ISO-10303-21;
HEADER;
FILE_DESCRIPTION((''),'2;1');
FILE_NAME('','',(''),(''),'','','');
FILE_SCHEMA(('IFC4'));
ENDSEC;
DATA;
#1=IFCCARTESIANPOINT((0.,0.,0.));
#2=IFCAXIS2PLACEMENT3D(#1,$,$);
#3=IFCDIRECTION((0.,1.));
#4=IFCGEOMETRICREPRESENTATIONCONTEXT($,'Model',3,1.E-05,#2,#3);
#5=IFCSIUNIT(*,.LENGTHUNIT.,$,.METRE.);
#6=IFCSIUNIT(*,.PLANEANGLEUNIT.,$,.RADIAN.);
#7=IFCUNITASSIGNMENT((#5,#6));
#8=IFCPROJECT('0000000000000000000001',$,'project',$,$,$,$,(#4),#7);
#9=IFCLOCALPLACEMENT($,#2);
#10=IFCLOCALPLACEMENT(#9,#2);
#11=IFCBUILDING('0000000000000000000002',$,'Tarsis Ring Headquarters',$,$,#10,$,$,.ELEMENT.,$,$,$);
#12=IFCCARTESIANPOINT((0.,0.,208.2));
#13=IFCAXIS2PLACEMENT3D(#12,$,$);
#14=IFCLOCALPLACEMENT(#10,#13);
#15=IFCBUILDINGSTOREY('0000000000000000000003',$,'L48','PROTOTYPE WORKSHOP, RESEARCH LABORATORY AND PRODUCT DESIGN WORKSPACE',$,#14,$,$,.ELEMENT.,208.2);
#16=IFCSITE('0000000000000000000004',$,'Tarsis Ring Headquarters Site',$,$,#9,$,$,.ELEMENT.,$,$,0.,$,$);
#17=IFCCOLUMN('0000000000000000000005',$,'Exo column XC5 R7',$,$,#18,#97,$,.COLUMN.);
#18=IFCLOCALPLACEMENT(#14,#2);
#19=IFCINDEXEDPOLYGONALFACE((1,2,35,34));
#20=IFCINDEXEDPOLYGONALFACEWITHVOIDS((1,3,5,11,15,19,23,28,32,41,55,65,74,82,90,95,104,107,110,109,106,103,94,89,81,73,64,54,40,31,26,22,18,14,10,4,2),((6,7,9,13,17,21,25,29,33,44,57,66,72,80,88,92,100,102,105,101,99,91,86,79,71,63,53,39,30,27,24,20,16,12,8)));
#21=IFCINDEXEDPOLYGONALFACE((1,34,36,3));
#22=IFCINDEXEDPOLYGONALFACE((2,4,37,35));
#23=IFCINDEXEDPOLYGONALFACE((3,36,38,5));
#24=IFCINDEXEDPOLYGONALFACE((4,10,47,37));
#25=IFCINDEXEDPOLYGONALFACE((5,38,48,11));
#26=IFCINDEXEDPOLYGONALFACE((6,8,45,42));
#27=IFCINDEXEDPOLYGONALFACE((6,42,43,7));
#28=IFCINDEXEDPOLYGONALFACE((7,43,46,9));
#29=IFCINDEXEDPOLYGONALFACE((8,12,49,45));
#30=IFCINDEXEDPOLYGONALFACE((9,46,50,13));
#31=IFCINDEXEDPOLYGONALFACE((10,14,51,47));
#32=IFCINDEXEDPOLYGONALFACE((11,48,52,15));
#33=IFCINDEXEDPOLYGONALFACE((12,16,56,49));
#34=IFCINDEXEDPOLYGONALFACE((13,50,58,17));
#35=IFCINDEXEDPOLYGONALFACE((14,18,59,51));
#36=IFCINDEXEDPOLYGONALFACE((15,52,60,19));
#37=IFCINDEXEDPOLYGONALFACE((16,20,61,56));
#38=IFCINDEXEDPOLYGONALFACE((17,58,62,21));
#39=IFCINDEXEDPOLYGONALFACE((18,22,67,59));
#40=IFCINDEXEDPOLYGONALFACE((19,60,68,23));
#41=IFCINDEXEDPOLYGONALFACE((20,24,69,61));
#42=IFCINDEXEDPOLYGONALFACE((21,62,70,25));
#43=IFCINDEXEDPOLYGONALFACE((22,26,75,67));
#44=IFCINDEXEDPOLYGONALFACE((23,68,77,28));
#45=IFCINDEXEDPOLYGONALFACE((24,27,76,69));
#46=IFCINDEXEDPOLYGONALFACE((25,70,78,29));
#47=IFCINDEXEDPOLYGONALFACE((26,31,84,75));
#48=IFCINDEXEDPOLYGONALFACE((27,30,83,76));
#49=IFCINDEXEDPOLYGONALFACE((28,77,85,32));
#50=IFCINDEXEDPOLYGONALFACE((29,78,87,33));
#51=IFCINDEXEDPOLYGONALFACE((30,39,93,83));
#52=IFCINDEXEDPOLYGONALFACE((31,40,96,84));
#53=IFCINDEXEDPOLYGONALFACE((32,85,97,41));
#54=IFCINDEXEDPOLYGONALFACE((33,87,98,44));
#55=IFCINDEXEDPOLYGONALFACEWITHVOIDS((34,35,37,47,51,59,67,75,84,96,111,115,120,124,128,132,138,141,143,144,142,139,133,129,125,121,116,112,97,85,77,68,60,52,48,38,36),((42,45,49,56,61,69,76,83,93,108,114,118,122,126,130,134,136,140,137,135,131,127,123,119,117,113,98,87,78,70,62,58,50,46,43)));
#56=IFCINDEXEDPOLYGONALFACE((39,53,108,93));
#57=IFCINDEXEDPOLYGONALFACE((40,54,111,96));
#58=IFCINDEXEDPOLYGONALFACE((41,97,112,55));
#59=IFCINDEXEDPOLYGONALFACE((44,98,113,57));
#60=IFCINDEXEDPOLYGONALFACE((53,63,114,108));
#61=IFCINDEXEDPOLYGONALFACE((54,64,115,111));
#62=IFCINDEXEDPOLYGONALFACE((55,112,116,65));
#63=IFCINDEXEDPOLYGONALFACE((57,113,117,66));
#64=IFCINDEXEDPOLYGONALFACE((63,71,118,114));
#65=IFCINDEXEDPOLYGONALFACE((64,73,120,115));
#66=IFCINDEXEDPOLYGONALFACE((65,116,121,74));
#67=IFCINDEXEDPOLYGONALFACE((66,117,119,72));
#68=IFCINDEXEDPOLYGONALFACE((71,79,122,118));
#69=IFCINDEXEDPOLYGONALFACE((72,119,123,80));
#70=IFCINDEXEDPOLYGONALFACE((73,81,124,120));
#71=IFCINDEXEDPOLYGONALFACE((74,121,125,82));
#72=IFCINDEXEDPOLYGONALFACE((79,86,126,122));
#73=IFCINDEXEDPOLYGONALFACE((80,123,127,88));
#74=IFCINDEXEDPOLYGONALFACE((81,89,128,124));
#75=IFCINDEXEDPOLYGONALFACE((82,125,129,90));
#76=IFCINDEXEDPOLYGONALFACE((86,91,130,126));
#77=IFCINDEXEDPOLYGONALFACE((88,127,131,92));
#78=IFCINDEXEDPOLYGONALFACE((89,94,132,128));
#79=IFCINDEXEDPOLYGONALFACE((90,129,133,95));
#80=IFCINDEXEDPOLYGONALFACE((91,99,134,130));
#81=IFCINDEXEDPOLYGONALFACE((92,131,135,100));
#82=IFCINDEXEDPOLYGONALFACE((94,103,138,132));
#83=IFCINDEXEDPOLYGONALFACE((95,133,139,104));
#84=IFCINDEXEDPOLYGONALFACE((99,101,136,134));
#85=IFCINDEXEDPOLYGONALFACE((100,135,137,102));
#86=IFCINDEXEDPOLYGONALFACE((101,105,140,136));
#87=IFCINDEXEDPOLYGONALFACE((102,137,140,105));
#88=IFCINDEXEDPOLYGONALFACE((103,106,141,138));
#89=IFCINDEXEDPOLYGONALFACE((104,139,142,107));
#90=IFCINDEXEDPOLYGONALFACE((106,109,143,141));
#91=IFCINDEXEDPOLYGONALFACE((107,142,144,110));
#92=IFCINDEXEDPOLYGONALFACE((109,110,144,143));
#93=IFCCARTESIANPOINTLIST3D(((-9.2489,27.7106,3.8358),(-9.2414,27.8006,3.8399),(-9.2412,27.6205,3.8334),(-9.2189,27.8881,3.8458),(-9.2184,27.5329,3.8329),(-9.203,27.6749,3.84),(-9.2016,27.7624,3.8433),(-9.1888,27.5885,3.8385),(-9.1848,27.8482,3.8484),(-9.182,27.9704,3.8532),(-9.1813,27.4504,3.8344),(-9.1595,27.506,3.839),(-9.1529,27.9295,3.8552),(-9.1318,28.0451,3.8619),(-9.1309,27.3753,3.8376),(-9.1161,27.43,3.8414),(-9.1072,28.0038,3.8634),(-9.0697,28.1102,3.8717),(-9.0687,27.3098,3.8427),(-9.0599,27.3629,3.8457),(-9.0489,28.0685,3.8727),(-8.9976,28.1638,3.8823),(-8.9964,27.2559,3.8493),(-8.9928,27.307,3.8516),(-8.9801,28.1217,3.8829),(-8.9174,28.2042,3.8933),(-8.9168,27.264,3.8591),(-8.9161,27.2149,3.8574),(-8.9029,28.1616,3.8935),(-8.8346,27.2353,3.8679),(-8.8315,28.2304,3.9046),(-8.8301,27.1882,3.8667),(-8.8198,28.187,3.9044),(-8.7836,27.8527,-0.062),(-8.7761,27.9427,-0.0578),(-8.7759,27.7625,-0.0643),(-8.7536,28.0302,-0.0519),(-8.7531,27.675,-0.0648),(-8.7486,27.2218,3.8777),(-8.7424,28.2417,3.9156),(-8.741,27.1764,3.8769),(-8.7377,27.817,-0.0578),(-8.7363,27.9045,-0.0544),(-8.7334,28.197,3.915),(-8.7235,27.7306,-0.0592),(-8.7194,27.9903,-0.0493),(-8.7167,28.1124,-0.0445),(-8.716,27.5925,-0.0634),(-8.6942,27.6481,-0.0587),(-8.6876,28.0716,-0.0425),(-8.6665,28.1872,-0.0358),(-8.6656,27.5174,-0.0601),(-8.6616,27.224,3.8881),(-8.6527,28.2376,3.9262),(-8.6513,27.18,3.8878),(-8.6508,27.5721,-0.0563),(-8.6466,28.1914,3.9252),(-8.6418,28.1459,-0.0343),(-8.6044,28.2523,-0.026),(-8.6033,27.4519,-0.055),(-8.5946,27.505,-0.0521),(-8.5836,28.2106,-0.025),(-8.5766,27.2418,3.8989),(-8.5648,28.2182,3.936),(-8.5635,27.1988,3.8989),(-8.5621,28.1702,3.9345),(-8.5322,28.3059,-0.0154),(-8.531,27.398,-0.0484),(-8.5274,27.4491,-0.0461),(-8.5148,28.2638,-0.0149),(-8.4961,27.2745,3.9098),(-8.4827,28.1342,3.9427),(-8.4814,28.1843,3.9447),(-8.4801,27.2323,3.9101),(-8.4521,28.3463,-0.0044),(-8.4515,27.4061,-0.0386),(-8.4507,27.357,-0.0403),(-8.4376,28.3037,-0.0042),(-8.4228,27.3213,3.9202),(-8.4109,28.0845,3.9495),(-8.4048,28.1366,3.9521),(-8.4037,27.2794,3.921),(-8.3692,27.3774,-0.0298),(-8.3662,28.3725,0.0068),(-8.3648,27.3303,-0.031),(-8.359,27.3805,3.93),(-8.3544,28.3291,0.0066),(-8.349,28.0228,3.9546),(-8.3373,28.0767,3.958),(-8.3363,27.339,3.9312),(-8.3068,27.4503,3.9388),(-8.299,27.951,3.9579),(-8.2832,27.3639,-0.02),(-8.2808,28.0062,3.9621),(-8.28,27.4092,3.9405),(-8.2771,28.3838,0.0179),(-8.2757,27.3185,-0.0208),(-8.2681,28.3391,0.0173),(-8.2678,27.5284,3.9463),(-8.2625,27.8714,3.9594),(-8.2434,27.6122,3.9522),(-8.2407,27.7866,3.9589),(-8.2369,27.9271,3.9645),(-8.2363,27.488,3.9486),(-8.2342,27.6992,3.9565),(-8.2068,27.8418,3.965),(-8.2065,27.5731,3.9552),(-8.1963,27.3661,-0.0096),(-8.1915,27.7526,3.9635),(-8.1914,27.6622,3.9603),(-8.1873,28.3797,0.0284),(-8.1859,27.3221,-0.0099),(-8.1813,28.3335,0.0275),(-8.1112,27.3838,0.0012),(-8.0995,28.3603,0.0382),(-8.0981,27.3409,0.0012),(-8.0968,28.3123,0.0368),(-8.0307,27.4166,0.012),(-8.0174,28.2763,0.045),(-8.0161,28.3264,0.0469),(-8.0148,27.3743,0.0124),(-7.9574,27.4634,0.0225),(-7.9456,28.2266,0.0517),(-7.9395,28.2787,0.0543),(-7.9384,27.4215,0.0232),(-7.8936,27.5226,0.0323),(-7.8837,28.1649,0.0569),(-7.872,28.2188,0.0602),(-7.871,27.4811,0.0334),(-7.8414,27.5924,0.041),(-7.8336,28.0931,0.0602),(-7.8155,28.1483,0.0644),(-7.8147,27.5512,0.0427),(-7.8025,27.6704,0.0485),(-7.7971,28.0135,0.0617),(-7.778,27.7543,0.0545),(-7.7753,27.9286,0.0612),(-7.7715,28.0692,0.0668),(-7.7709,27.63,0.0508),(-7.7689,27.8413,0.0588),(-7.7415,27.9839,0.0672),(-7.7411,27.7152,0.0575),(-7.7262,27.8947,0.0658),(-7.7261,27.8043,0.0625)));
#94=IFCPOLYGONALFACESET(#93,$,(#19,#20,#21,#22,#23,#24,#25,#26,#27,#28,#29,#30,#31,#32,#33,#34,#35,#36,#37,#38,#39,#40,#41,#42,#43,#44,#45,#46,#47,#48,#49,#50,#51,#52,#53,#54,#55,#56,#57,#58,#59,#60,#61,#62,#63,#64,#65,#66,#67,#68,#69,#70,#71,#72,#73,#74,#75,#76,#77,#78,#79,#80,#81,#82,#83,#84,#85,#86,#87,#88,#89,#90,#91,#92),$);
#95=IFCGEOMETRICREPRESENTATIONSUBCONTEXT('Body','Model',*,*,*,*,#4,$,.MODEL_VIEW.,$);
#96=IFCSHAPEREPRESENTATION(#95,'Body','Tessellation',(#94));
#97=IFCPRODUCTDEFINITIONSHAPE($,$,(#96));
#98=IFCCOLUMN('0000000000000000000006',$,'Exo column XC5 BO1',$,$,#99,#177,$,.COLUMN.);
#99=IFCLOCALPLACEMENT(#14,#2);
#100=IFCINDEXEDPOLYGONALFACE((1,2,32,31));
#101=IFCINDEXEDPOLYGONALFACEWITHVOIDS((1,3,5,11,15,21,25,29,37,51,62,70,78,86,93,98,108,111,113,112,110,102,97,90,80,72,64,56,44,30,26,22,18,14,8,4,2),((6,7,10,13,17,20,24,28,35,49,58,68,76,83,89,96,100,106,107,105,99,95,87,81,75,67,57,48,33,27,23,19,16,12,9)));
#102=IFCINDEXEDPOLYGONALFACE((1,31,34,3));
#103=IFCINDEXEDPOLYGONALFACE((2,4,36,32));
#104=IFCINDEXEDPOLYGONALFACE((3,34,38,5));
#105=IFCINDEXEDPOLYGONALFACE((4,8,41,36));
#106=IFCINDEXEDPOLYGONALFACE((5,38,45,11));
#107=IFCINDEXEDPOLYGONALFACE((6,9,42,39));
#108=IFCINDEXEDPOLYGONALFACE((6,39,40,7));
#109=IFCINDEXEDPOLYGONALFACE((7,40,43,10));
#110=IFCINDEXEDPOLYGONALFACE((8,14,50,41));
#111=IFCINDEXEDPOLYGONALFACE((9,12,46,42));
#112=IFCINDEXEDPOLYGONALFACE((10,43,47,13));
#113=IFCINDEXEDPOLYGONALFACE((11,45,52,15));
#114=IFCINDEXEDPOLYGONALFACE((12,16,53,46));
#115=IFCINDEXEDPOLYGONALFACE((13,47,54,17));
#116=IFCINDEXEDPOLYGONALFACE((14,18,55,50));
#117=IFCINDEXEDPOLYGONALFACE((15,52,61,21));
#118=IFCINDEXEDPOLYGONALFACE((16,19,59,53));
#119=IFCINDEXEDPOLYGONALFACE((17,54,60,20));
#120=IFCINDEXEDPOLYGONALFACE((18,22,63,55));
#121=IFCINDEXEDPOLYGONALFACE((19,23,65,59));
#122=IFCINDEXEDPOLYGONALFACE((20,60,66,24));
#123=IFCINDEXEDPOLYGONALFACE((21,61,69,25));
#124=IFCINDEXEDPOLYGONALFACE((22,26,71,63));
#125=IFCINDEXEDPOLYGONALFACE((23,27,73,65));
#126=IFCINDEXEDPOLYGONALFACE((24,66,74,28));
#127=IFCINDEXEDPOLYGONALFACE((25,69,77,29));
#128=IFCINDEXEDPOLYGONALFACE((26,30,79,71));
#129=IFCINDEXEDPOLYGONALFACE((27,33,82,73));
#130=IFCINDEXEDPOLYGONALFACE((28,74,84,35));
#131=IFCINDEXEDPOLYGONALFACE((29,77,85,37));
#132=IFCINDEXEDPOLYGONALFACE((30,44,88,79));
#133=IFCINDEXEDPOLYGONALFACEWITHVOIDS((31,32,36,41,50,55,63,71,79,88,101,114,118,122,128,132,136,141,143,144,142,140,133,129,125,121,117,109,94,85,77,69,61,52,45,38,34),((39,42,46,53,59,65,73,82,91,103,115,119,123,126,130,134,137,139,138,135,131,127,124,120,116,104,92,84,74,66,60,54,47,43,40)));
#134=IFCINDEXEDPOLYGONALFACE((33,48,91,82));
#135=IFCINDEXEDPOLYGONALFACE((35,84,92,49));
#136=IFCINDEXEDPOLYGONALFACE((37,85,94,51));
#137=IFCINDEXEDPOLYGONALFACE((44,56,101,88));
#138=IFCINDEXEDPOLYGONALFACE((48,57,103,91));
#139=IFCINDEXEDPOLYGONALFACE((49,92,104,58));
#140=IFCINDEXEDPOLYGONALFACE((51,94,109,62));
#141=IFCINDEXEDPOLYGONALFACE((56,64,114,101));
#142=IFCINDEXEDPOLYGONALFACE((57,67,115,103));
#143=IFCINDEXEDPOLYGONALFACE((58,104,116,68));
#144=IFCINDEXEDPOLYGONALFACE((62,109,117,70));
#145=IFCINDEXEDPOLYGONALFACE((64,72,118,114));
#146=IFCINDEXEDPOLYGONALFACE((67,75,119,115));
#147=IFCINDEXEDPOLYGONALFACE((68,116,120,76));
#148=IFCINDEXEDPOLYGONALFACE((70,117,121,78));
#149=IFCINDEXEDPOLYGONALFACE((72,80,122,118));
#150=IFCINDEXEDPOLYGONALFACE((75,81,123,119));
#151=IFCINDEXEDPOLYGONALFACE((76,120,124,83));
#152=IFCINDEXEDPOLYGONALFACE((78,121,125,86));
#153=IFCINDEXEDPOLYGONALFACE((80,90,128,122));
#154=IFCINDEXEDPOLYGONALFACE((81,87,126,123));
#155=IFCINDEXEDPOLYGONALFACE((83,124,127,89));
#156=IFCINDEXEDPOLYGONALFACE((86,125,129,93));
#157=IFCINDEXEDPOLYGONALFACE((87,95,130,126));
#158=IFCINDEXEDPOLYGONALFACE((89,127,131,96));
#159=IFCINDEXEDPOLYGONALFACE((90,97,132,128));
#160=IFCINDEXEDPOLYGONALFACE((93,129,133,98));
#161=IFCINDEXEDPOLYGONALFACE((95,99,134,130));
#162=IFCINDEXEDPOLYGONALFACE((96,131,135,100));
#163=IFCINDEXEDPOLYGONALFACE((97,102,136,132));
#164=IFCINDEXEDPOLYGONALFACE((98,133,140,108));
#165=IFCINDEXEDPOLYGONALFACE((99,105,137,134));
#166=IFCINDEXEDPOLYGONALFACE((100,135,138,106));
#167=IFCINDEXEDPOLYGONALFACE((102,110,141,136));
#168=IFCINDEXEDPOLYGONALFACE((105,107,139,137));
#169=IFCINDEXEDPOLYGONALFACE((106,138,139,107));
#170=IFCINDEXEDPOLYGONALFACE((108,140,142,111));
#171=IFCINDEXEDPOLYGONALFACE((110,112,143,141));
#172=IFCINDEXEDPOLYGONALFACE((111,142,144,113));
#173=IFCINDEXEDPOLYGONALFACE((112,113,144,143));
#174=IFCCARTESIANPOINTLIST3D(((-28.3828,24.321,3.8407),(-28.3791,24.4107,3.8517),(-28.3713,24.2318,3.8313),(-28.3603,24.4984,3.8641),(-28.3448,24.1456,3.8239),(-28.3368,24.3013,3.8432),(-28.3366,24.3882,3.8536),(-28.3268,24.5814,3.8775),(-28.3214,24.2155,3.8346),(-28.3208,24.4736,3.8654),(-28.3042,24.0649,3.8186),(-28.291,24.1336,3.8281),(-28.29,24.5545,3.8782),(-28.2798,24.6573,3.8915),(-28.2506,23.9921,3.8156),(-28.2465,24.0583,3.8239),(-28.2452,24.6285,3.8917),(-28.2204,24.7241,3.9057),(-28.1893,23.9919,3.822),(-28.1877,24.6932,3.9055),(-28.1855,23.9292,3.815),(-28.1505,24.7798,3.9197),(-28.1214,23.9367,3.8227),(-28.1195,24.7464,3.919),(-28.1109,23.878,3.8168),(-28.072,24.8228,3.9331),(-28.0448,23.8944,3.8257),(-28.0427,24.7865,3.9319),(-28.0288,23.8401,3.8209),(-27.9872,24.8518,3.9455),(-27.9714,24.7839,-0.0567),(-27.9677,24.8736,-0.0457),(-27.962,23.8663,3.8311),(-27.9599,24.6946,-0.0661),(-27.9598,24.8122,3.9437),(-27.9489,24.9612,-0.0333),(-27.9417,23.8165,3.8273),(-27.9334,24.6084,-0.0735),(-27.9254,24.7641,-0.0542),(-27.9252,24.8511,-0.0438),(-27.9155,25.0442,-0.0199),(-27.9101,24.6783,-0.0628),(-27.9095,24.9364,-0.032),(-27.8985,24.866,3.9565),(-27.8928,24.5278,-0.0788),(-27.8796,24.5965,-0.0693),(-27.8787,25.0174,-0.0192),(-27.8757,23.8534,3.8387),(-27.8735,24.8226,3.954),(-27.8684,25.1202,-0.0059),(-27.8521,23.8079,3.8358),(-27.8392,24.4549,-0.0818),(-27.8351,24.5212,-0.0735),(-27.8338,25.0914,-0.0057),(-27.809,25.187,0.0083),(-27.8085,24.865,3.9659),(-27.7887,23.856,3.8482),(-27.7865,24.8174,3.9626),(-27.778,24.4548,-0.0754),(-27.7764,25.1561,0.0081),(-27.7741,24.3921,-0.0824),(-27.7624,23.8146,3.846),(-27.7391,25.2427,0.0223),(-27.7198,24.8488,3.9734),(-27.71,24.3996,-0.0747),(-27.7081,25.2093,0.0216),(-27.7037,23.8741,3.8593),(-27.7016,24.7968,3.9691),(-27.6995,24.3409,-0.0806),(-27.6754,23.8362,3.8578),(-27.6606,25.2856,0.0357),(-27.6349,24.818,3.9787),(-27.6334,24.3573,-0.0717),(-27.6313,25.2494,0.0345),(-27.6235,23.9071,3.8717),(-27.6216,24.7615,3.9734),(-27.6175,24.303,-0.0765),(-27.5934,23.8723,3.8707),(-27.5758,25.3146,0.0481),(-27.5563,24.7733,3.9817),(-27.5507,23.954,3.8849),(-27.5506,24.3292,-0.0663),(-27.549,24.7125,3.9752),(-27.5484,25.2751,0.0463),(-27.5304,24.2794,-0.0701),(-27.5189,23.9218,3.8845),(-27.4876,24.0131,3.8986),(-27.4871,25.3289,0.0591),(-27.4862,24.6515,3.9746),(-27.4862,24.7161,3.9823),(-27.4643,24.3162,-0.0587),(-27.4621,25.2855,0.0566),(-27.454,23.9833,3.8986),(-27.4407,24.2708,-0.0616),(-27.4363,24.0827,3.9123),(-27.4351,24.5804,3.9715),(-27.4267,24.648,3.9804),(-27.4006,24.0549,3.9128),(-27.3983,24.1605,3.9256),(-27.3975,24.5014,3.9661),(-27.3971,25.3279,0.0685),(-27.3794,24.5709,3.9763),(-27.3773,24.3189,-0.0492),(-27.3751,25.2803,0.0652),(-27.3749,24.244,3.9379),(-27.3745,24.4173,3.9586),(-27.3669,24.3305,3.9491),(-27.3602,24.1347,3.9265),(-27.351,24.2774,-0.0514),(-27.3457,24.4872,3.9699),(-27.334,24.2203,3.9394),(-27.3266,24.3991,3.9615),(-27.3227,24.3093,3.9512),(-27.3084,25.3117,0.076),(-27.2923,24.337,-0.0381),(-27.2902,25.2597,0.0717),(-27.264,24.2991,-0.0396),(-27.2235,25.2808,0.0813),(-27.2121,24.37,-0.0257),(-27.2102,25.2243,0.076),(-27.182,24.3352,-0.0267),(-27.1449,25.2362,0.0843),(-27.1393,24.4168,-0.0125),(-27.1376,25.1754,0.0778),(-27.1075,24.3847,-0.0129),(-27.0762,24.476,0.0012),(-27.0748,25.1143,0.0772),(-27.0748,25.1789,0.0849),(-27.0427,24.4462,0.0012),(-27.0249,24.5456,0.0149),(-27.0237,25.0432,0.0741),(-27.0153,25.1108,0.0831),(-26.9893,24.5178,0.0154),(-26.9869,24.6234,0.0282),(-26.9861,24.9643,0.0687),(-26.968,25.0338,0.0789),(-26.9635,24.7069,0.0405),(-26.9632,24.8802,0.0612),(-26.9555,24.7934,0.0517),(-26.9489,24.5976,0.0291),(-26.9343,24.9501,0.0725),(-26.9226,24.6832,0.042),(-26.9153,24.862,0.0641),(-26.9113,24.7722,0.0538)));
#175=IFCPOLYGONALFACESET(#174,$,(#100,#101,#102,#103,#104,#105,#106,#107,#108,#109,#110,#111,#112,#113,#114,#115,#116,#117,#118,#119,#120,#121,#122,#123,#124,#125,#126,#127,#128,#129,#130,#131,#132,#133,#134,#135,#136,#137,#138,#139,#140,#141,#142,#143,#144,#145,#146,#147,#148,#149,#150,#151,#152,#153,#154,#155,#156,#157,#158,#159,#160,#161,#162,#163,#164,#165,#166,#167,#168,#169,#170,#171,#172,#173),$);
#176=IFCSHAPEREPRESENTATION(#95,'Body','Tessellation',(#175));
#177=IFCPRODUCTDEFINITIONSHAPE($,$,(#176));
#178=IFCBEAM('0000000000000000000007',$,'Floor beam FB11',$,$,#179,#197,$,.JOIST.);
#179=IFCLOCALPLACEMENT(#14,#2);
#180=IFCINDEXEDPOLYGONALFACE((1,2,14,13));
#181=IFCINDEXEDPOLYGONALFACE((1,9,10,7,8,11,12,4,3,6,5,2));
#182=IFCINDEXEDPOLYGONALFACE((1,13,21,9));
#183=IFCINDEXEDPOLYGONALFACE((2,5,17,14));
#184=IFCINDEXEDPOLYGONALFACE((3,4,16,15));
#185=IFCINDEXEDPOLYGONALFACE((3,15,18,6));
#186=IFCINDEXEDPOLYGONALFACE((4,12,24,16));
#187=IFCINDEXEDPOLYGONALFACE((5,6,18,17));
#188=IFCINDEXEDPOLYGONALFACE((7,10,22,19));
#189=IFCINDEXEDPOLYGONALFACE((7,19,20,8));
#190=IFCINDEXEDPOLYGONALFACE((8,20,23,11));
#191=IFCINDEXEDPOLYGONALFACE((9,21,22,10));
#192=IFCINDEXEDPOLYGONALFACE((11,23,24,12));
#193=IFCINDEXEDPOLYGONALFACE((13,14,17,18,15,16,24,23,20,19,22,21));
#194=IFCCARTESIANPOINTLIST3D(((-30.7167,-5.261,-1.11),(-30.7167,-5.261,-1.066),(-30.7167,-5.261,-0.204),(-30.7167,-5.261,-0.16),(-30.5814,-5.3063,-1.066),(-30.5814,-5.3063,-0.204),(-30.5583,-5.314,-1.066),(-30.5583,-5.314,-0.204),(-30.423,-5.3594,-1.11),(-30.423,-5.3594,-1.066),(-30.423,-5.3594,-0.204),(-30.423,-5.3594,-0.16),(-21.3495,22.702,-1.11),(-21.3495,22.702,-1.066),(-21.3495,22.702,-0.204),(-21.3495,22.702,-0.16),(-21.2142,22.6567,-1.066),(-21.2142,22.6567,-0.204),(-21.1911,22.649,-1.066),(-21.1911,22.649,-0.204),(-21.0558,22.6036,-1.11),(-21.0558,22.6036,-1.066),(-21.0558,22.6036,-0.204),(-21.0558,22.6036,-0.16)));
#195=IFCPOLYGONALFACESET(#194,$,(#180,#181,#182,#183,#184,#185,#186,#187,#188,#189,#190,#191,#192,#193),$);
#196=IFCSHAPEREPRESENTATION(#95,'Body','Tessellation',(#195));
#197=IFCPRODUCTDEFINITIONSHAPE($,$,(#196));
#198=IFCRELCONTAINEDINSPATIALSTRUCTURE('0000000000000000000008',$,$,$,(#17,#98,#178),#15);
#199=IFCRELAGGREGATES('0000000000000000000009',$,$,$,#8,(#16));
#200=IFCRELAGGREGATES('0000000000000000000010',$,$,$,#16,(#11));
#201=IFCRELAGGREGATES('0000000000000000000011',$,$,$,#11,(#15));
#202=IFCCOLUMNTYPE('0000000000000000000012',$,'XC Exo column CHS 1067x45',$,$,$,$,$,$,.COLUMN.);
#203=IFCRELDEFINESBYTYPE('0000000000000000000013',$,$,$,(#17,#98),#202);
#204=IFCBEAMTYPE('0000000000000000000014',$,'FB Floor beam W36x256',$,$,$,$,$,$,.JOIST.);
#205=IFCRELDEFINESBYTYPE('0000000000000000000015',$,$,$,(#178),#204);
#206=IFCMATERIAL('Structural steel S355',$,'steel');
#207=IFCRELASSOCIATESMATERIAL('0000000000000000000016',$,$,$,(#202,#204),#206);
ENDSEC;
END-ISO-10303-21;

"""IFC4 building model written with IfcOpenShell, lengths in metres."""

from ifc_helpers import new_model, si_unit, direction, frame, origin, origin_2d, place, context, subcontext, project, spatial, hollow_circle, i_section, extrude, material, material_profile, profile_set, type_object, element, save


model = new_model("IFC4")

# Units and contexts
model_context = context("Model", 3, precision=1e-05, world=origin(), true_north=direction((0.0, 1.0)))
body_context = subcontext(model_context, "Body", "Model", "MODEL_VIEW")
ifc_project = project(units=[si_unit("LENGTHUNIT", "METRE"), si_unit("PLANEANGLEUNIT", "RADIAN")], contexts=[model_context])

# Site, building, storey
site_placement = place(None, origin())
site = spatial("IfcSite", under=ifc_project, at=site_placement, Name="Tarsis Ring Headquarters Site", CompositionType="ELEMENT", RefElevation=0.0)
building_placement = place(site_placement, origin())
building = spatial("IfcBuilding", under=site, at=building_placement, Name="Tarsis Ring Headquarters", CompositionType="ELEMENT")
storey_placement = place(building_placement, frame((0.0, 0.0, 208.2)))
storey = spatial("IfcBuildingStorey", under=building, at=storey_placement, Name="L48", Description="PROTOTYPE WORKSHOP, RESEARCH LABORATORY AND PRODUCT DESIGN WORKSPACE", CompositionType="ELEMENT", Elevation=208.2)

# Columns
ifc_material_1 = material(Name="Structural steel S355", Category="steel")
ifc_material_profile_1 = material_profile(ifc_material_1, hollow_circle(Radius=0.5334, WallThickness=0.0449, at=origin_2d()), Name="CHS 1067x45")
ifc_profile_set_1 = profile_set([ifc_material_profile_1], Name="Structural steel S355")
column_type = type_object("IfcColumnType", Name="XC Exo column CHS 1067x45", PredefinedType="COLUMN", material=ifc_profile_set_1)
column_1_placement = place(storey_placement, frame((-8.2539, 27.8511, 0.0012), z_axis=(-0.118467, -0.036174, 0.992299), x_axis=(0.29204, -0.956406, 0.0)))
element("IfcColumn", 1, at=column_1_placement, inside=storey, type_object=column_type, Name="Exo column XC5 R7", PredefinedType="COLUMN", context=body_context, shape_type="SweptSolid", body=[
    extrude(hollow_circle(Radius=0.5334, WallThickness=0.0449, at=origin_2d()), origin(), (0.0, 0.0, 1.0), 3.928),
])
column_2_placement = place(storey_placement, frame((-27.4414, 24.8005, 0.0012), z_axis=(-0.104242, -0.117296, 0.987611), x_axis=(0.747475, -0.66429, 0.0)))
element("IfcColumn", 2, at=column_2_placement, inside=storey, type_object=column_type, Name="Exo column XC5 BO1", PredefinedType="COLUMN", context=body_context, shape_type="SweptSolid", body=[
    extrude(hollow_circle(Radius=0.5334, WallThickness=0.0449, at=origin_2d()), origin(), (0.0, 0.0, 1.0), 3.9463),
])

# Beam
ifc_material_profile_2 = material_profile(ifc_material_1, i_section(OverallWidth=0.3098, OverallDepth=0.95, WebThickness=0.0244, FlangeThickness=0.0439, at=origin_2d()), Name="W36x256")
ifc_profile_set_2 = profile_set([ifc_material_profile_2], Name="Structural steel S355")
beam_type_1 = type_object("IfcBeamType", Name="FB Floor beam W36x256", PredefinedType="JOIST", material=ifc_profile_set_2)
for number, where, z_axis, x_axis, name in (
    (3, (-21.2026, 22.6528, -0.635), (-0.317638, -0.948212, 0.0), (0.948212, -0.317638, 0.0), "Floor beam FB11"),
):
    element("IfcBeam", number, at=place(storey_placement, frame(where, z_axis=z_axis, x_axis=x_axis)), inside=storey, type_object=beam_type_1, Name=name, PredefinedType="JOIST", context=body_context, shape_type="SweptSolid", body=[
        extrude(i_section(OverallWidth=0.3098, OverallDepth=0.95, WebThickness=0.0244, FlangeThickness=0.0439, at=origin_2d()), origin(), (0.0, 0.0, 1.0), 29.4902),
    ])

save(model, "model.ifc")
